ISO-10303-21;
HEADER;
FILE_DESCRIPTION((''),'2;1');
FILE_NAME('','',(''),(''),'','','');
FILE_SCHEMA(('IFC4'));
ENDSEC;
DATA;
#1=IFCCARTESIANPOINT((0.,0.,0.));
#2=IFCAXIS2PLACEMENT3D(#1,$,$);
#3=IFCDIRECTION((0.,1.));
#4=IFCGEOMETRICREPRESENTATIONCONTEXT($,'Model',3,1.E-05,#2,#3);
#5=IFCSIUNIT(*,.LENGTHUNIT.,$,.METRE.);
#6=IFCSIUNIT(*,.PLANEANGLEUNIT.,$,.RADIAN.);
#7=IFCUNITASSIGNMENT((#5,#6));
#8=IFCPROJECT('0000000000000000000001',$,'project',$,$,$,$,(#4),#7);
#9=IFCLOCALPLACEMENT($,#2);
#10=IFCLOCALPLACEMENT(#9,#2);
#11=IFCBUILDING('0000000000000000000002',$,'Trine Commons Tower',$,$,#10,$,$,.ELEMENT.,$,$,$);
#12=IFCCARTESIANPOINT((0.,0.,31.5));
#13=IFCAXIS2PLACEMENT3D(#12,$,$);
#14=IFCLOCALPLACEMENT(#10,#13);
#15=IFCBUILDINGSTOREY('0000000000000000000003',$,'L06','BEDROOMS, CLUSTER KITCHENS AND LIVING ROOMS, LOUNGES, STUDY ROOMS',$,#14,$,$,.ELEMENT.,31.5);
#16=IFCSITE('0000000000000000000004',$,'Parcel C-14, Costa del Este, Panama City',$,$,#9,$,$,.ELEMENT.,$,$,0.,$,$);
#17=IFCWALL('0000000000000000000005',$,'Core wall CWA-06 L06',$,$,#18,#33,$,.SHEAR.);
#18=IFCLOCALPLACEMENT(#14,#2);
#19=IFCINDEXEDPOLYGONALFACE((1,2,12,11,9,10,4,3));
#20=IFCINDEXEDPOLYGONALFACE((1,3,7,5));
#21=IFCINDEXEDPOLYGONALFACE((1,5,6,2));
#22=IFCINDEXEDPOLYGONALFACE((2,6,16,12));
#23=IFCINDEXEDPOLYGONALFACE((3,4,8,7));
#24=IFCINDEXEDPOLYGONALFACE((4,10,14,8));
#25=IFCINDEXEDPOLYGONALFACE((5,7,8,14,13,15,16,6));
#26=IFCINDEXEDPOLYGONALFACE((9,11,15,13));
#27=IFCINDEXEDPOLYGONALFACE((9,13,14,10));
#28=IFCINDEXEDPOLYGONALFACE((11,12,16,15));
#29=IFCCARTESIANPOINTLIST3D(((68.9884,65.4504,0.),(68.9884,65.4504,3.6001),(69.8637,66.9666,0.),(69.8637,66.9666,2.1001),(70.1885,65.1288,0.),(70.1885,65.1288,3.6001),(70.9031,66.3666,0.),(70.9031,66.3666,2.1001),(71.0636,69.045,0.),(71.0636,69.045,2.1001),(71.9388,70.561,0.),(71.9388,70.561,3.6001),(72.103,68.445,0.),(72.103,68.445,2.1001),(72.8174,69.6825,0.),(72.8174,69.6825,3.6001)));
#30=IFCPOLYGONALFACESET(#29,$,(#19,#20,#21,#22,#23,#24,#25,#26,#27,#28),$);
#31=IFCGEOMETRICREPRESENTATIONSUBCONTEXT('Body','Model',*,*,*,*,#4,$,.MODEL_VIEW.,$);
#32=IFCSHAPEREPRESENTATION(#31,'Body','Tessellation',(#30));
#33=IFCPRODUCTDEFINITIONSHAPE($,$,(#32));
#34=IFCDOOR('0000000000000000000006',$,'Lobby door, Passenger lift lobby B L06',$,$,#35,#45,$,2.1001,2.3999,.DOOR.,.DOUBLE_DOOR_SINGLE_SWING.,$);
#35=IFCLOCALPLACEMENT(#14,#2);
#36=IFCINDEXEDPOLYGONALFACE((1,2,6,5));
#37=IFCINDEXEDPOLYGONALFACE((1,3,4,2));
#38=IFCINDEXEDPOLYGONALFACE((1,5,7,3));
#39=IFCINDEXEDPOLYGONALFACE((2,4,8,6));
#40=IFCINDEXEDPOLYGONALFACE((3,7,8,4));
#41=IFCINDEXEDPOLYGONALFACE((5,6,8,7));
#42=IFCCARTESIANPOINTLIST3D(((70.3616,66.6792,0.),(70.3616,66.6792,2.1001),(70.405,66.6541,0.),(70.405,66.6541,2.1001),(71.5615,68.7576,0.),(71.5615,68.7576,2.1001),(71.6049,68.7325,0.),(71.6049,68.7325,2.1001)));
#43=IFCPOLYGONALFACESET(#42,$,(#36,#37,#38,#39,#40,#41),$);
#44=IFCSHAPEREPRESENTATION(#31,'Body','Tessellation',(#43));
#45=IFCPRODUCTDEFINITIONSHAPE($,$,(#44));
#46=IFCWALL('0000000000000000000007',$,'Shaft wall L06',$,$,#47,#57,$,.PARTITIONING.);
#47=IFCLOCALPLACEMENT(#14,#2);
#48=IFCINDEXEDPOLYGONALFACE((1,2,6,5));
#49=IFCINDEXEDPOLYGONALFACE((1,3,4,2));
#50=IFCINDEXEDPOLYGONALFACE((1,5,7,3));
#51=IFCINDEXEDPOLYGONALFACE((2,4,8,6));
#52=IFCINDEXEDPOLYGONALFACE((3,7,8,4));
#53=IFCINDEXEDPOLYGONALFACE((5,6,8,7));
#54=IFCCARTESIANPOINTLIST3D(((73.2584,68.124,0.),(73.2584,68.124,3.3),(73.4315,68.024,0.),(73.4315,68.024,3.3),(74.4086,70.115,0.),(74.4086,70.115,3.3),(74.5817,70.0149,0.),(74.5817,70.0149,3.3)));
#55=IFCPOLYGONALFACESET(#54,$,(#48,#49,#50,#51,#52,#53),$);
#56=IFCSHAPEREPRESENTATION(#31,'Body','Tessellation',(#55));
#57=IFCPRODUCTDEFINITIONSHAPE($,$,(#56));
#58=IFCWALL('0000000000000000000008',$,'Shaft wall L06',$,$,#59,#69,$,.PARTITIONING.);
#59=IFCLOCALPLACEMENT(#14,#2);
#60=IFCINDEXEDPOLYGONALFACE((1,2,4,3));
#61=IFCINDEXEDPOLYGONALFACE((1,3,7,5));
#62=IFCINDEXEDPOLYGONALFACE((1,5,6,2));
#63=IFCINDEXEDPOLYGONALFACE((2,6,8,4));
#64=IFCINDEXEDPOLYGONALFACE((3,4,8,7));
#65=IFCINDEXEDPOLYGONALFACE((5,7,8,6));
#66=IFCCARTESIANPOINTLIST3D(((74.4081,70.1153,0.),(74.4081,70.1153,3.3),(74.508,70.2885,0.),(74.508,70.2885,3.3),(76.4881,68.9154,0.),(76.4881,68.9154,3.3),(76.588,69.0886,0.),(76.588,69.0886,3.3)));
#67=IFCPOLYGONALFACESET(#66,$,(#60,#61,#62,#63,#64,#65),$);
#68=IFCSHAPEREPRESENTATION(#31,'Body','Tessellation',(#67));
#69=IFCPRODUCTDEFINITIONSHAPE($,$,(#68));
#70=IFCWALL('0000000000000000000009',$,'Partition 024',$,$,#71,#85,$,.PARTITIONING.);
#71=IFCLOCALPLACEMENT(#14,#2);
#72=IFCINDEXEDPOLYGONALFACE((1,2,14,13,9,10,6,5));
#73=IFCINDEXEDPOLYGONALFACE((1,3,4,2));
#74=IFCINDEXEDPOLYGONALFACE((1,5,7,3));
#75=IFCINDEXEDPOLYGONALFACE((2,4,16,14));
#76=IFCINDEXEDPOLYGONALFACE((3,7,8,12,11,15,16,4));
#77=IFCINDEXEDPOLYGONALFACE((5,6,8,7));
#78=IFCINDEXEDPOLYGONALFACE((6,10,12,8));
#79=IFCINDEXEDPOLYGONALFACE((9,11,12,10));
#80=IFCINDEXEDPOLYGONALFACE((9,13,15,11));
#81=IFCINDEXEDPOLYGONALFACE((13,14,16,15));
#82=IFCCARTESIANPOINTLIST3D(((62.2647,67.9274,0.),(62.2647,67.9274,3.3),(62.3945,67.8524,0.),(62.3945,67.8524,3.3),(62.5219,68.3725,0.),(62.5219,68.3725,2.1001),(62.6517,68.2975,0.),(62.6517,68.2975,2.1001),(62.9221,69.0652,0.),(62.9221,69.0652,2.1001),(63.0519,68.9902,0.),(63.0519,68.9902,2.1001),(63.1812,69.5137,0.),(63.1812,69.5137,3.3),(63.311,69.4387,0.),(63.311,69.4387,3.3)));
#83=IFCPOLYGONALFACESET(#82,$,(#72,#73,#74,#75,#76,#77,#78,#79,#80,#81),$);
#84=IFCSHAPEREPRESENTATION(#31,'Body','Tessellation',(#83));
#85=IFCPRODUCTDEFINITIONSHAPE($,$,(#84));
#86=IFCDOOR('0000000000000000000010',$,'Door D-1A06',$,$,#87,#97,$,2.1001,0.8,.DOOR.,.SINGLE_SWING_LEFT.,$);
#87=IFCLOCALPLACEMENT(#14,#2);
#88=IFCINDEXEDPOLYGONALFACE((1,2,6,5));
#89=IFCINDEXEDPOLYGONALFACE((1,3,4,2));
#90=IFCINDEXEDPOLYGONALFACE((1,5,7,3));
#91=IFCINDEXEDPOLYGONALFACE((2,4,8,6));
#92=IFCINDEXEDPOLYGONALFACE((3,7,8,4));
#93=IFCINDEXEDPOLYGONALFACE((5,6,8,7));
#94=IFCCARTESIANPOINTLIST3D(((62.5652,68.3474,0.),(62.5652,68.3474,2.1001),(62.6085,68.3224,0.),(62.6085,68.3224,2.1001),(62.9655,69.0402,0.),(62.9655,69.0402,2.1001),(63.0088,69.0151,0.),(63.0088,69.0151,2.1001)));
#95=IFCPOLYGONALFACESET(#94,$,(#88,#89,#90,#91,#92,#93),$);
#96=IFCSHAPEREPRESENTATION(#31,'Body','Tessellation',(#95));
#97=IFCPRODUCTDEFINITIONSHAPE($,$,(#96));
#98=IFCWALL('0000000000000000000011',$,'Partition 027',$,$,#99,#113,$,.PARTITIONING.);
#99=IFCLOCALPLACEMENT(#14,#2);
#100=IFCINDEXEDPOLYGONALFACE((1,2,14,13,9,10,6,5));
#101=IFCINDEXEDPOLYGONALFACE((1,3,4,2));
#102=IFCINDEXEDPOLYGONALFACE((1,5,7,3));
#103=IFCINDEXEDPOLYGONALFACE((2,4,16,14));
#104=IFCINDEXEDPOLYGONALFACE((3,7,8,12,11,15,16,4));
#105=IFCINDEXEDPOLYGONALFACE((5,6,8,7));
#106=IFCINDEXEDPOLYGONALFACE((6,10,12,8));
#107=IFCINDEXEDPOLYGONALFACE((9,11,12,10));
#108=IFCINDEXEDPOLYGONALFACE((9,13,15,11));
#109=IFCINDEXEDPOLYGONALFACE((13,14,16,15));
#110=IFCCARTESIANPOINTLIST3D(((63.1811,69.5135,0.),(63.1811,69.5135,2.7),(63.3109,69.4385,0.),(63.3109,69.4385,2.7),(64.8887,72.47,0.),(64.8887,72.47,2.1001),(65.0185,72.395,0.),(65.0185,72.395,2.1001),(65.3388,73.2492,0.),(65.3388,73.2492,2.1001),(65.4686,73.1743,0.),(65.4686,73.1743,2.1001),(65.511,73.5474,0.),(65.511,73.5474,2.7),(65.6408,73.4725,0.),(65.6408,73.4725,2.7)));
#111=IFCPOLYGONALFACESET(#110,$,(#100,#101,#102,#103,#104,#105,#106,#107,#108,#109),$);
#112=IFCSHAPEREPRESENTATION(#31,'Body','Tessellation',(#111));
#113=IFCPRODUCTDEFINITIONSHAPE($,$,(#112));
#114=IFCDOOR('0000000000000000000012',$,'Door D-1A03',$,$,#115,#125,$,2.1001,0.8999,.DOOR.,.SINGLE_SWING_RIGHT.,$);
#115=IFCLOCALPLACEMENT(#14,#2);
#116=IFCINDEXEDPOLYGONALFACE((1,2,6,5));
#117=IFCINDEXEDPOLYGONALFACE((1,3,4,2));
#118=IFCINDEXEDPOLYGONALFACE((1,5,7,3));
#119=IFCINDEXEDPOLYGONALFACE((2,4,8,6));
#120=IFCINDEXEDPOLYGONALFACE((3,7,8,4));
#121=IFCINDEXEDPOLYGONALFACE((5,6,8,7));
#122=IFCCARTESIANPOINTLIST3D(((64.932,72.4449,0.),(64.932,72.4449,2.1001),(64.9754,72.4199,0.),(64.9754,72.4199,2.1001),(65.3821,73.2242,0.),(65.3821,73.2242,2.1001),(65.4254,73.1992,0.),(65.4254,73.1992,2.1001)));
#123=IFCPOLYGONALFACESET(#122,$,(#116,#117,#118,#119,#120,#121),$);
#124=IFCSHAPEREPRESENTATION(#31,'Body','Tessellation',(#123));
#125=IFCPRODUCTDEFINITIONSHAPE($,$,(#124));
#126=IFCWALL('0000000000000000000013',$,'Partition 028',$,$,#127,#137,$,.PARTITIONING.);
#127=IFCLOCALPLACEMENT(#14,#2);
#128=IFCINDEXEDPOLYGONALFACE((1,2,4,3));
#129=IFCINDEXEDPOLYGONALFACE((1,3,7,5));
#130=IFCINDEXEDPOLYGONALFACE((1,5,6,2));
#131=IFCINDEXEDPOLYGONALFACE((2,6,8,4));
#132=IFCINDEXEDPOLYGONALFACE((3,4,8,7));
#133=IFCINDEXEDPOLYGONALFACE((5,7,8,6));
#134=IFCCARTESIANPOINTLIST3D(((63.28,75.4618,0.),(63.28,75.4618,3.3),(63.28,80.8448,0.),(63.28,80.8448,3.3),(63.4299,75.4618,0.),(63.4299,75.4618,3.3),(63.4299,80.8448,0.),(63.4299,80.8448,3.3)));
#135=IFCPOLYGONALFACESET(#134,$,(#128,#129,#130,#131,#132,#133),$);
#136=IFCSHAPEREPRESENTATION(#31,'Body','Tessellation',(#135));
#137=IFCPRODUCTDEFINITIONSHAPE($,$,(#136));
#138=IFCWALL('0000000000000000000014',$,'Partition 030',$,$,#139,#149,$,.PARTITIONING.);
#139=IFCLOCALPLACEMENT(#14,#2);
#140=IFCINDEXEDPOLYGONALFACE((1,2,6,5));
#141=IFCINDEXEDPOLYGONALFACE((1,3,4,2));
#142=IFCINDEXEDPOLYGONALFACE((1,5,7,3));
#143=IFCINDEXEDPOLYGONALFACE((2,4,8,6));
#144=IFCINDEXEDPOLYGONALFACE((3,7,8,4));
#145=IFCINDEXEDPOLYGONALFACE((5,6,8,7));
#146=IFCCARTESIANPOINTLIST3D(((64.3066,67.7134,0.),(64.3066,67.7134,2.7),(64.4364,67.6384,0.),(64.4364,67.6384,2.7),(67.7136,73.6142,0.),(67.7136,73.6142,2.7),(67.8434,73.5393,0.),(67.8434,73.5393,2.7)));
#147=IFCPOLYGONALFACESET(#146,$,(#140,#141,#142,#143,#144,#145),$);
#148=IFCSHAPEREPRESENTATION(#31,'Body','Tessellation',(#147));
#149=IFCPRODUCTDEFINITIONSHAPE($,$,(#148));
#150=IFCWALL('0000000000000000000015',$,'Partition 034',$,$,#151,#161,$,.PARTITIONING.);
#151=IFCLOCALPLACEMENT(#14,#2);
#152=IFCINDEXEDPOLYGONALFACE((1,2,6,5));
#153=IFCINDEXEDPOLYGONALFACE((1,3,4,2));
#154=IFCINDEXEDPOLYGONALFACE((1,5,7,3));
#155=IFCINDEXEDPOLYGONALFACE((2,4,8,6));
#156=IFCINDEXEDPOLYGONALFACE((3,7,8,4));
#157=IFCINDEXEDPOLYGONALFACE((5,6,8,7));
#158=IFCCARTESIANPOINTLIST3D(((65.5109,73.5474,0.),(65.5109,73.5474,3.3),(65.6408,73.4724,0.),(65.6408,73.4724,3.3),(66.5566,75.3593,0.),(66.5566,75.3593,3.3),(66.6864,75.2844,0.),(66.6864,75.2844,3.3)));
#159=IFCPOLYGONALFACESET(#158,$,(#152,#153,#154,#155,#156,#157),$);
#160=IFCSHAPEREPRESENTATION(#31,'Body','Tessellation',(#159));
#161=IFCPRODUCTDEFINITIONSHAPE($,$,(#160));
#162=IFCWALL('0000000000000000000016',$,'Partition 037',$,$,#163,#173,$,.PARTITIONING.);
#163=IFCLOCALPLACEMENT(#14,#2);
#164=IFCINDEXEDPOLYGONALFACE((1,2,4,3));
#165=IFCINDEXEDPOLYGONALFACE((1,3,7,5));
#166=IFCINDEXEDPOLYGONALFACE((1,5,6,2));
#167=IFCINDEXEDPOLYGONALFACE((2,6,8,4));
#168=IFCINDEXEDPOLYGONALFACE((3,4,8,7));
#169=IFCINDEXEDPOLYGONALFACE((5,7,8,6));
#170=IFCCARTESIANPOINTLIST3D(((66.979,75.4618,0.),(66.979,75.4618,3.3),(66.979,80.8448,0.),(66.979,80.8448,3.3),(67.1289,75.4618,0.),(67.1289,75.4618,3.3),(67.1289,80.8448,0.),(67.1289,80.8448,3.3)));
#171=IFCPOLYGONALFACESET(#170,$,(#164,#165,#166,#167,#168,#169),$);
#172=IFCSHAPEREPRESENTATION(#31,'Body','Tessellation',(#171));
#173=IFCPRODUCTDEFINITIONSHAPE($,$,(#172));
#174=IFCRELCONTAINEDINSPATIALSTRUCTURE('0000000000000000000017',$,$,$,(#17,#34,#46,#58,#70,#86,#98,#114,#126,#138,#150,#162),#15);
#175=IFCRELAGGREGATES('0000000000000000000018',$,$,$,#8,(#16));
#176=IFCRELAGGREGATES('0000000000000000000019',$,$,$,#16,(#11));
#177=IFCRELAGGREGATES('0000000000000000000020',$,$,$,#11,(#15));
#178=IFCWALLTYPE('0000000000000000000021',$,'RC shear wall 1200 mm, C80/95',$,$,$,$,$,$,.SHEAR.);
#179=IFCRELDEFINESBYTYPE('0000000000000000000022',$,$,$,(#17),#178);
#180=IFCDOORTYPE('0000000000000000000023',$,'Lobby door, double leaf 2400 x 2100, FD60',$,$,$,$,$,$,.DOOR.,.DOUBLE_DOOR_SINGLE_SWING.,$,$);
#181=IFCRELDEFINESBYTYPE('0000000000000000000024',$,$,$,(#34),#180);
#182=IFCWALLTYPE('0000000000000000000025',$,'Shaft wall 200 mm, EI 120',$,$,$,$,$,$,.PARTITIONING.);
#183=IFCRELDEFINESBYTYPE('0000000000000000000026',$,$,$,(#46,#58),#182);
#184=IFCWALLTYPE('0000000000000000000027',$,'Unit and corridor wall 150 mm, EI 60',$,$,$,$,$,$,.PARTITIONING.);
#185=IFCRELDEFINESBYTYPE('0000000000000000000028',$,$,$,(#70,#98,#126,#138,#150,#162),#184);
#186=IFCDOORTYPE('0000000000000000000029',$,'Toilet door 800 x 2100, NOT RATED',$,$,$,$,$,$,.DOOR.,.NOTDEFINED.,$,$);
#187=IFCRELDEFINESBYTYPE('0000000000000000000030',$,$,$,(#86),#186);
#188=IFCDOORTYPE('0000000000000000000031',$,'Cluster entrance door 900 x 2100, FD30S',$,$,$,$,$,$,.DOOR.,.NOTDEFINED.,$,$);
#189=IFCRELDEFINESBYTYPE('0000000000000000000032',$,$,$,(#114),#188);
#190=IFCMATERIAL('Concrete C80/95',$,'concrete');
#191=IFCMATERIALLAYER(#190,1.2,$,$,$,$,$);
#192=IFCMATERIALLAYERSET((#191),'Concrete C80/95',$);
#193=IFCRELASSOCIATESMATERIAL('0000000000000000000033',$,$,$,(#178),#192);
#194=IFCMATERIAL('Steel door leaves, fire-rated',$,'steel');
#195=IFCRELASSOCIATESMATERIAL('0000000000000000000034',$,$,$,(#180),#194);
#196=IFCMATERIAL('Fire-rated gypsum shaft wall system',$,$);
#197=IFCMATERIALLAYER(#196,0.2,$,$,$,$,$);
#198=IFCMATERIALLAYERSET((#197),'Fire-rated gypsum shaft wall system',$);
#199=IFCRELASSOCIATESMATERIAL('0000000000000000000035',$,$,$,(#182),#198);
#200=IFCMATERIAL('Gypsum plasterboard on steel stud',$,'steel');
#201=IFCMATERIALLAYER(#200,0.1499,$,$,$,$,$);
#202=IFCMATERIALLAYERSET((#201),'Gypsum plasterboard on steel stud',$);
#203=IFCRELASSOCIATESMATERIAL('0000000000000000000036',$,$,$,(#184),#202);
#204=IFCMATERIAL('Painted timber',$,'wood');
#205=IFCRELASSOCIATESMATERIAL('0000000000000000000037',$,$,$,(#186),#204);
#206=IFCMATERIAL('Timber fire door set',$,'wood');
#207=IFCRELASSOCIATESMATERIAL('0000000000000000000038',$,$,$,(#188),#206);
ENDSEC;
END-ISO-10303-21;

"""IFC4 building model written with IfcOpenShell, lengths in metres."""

from ifc_helpers import new_model, si_unit, direction, frame, frame_2d, origin, place, context, subcontext, project, spatial, polyline, rectangle, outline, extrude, material, layer, layer_set, type_object, element, fill, save


model = new_model("IFC4")

# Units and contexts
model_context = context("Model", 3, precision=1e-05, world=origin(), true_north=direction((0.0, 1.0)))
body_context = subcontext(model_context, "Body", "Model", "MODEL_VIEW")
ifc_project = project(units=[si_unit("LENGTHUNIT", "METRE"), si_unit("PLANEANGLEUNIT", "RADIAN")], contexts=[model_context])

# Site, building, storey
site_placement = place(None, origin())
site = spatial("IfcSite", under=ifc_project, at=site_placement, Name="Parcel C-14, Costa del Este, Panama City", CompositionType="ELEMENT", RefElevation=0.0)
building_placement = place(site_placement, origin())
building = spatial("IfcBuilding", under=site, at=building_placement, Name="Trine Commons Tower", CompositionType="ELEMENT")
storey_placement = place(building_placement, frame((0.0, 0.0, 31.5)))
storey = spatial("IfcBuildingStorey", under=building, at=storey_placement, Name="L06", Description="BEDROOMS, CLUSTER KITCHENS AND LIVING ROOMS, LOUNGES, STUDY ROOMS", CompositionType="ELEMENT", Elevation=31.5)

# Shared definitions
ifc_material_1 = material(Name="Concrete C80/95", Category="concrete")

# Wall, opening, door
ifc_layer_1 = layer(ifc_material_1, 1.2)
ifc_layer_set_1 = layer_set([ifc_layer_1], Name="Concrete C80/95")
wall_type_1 = type_object("IfcWallType", Name="RC shear wall 1200 mm, C80/95", PredefinedType="SHEAR", material=ifc_layer_set_1)
wall_1_placement = place(storey_placement, frame((72.4585, 70.261, 0.0), z_axis=(0.0, 0.0, 1.0), x_axis=(-0.499979, -0.866037, 0.0)))
wall_1 = element("IfcWall", 1, at=wall_1_placement, inside=storey, type_object=wall_type_1, Name="Core wall CWA-06 L06", PredefinedType="SHEAR", context=body_context, shape_type="SweptSolid", body=[
    extrude(outline(polyline([(0.0, -0.6001), (5.9011, -0.6001), (5.5796, 0.6001), (0.3215, 0.6001), (0.0, -0.6001)])), origin(), (0.0, 0.0, 1.0), 3.6001),
])
opening_1_placement = place(wall_1_placement, frame((1.7505, 0.0, 0.0)))
opening_1 = element("IfcOpeningElement", 2, at=opening_1_placement, cuts=wall_1, PredefinedType="OPENING", context=body_context, shape_type="SweptSolid", body=[
    extrude(rectangle(XDim=2.3999, YDim=2.1001, at=frame_2d((1.2, 1.05))), frame((0.0, 0.6099, 0.0), z_axis=(0.0, -1.0, 0.0), x_axis=(1.0, 0.0, 0.0)), (0.0, 0.0, 1.0), 1.22),
])
ifc_material_2 = material(Name="Steel door leaves, fire-rated", Category="steel")
door_type_1 = type_object("IfcDoorType", Name="Lobby door, double leaf 2400 x 2100, FD60", OperationType="DOUBLE_DOOR_SINGLE_SWING", PredefinedType="DOOR", material=ifc_material_2)
door_1_placement = place(opening_1_placement, origin())
door_1 = element("IfcDoor", 3, at=door_1_placement, inside=storey, type_object=door_type_1, Name="Lobby door, Passenger lift lobby B L06", OperationType="DOUBLE_DOOR_SINGLE_SWING", OverallHeight=2.1001, OverallWidth=2.3999, PredefinedType="DOOR", context=body_context, shape_type="SweptSolid", body=[
    extrude(rectangle(XDim=2.3999, YDim=2.1001, at=frame_2d((1.2, 1.05))), frame((0.0, 0.0249, 0.0), z_axis=(0.0, -1.0, 0.0), x_axis=(1.0, 0.0, 0.0)), (0.0, 0.0, 1.0), 0.05),
])
fill(opening_1, door_1)

# Walls
ifc_material_3 = material(Name="Fire-rated gypsum shaft wall system")
ifc_layer_2 = layer(ifc_material_3, 0.2)
ifc_layer_set_2 = layer_set([ifc_layer_2], Name="Fire-rated gypsum shaft wall system")
wall_type_2 = type_object("IfcWallType", Name="Shaft wall 200 mm, EI 120", PredefinedType="PARTITIONING", material=ifc_layer_set_2)
wall_2_placement = place(storey_placement, frame((73.345, 68.074, 0.0), z_axis=(0.0, 0.0, 1.0), x_axis=(0.500216, 0.865901, 0.0)))
element("IfcWall", 4, at=wall_2_placement, inside=storey, type_object=wall_type_2, Name="Shaft wall L06", PredefinedType="PARTITIONING", context=body_context, shape_type="SweptSolid", body=[
    extrude(rectangle(XDim=2.2993, YDim=0.2, at=frame_2d((1.1497, 0.0))), origin(), (0.0, 0.0, 1.0), 3.3),
])
wall_3_placement = place(storey_placement, frame((76.5381, 69.002, 0.0), z_axis=(0.0, 0.0, 1.0), x_axis=(-0.866203, 0.499693, 0.0)))
element("IfcWall", 5, at=wall_3_placement, inside=storey, type_object=wall_type_2, Name="Shaft wall L06", PredefinedType="PARTITIONING", context=body_context, shape_type="SweptSolid", body=[
    extrude(rectangle(XDim=2.4014, YDim=0.2, at=frame_2d((1.2007, 0.0))), origin(), (0.0, 0.0, 1.0), 3.3),
])

# Walls, openings, doors
ifc_material_4 = material(Name="Gypsum plasterboard on steel stud", Category="steel")
ifc_layer_3 = layer(ifc_material_4, 0.1499)
ifc_layer_set_3 = layer_set([ifc_layer_3], Name="Gypsum plasterboard on steel stud")
wall_type_3 = type_object("IfcWallType", Name="Unit and corridor wall 150 mm, EI 60", PredefinedType="PARTITIONING", material=ifc_layer_set_3)
wall_4_placement = place(storey_placement, frame((62.3296, 67.8899, 0.0), z_axis=(0.0, 0.0, 1.0), x_axis=(0.500295, 0.865855, 0.0)))
wall_4 = element("IfcWall", 6, at=wall_4_placement, inside=storey, type_object=wall_type_3, Name="Partition 024", PredefinedType="PARTITIONING", context=body_context, shape_type="SweptSolid", body=[
    extrude(rectangle(XDim=1.832, YDim=0.1499, at=frame_2d((0.916, 0.0))), origin(), (0.0, 0.0, 1.0), 3.3),
])
opening_2_placement = place(wall_4_placement, frame((0.5142, 0.0, 0.0)))
opening_2 = element("IfcOpeningElement", 7, at=opening_2_placement, cuts=wall_4, PredefinedType="OPENING", context=body_context, shape_type="SweptSolid", body=[
    extrude(rectangle(XDim=0.8, YDim=2.1001, at=frame_2d((0.3999, 1.05))), frame((0.0, 0.085, 0.0), z_axis=(0.0, -1.0, 0.0), x_axis=(1.0, 0.0, 0.0)), (0.0, 0.0, 1.0), 0.1699),
])
ifc_material_5 = material(Name="Painted timber", Category="wood")
door_type_2 = type_object("IfcDoorType", Name="Toilet door 800 x 2100, NOT RATED", OperationType="NOTDEFINED", PredefinedType="DOOR", material=ifc_material_5)
door_2_placement = place(opening_2_placement, origin())
door_2 = element("IfcDoor", 8, at=door_2_placement, inside=storey, type_object=door_type_2, Name="Door D-1A06", OperationType="SINGLE_SWING_LEFT", OverallHeight=2.1001, OverallWidth=0.8, PredefinedType="DOOR", context=body_context, shape_type="SweptSolid", body=[
    extrude(rectangle(XDim=0.8, YDim=2.1001, at=frame_2d((0.3999, 1.05))), frame((0.0, 0.0249, 0.0), z_axis=(0.0, -1.0, 0.0), x_axis=(1.0, 0.0, 0.0)), (0.0, 0.0, 1.0), 0.05),
])
fill(opening_2, door_2)
wall_5_placement = place(storey_placement, frame((63.2461, 69.4761, 0.0), z_axis=(0.0, 0.0, 1.0), x_axis=(0.500135, 0.865947, 0.0)))
wall_5 = element("IfcWall", 9, at=wall_5_placement, inside=storey, type_object=wall_type_3, Name="Partition 027", PredefinedType="PARTITIONING", context=body_context, shape_type="SweptSolid", body=[
    extrude(rectangle(XDim=4.6584, YDim=0.1499, at=frame_2d((2.3291, 0.0))), origin(), (0.0, 0.0, 1.0), 2.7),
])
opening_3_placement = place(wall_5_placement, frame((3.4141, 0.0, 0.0)))
opening_3 = element("IfcOpeningElement", 10, at=opening_3_placement, cuts=wall_5, PredefinedType="OPENING", context=body_context, shape_type="SweptSolid", body=[
    extrude(rectangle(XDim=0.8999, YDim=2.1001, at=frame_2d((0.45, 1.05))), frame((0.0, 0.085, 0.0), z_axis=(0.0, -1.0, 0.0), x_axis=(1.0, 0.0, 0.0)), (0.0, 0.0, 1.0), 0.1699),
])
ifc_material_6 = material(Name="Timber fire door set", Category="wood")
door_type_3 = type_object("IfcDoorType", Name="Cluster entrance door 900 x 2100, FD30S", OperationType="NOTDEFINED", PredefinedType="DOOR", material=ifc_material_6)
door_3_placement = place(opening_3_placement, origin())
door_3 = element("IfcDoor", 11, at=door_3_placement, inside=storey, type_object=door_type_3, Name="Door D-1A03", OperationType="SINGLE_SWING_RIGHT", OverallHeight=2.1001, OverallWidth=0.8999, PredefinedType="DOOR", context=body_context, shape_type="SweptSolid", body=[
    extrude(rectangle(XDim=0.8999, YDim=2.1001, at=frame_2d((0.45, 1.05))), frame((0.0, 0.0249, 0.0), z_axis=(0.0, -1.0, 0.0), x_axis=(1.0, 0.0, 0.0)), (0.0, 0.0, 1.0), 0.05),
])
fill(opening_3, door_3)

# Walls
wall_6_placement = place(storey_placement, frame((63.355, 75.4619, 0.0), z_axis=(0.0, 0.0, 1.0), x_axis=(0.0, 1.0, 0.0)))
element("IfcWall", 12, at=wall_6_placement, inside=storey, type_object=wall_type_3, Name="Partition 028", PredefinedType="PARTITIONING", context=body_context, shape_type="SweptSolid", body=[
    extrude(rectangle(XDim=5.3831, YDim=0.1499, at=frame_2d((2.6914, 0.0))), origin(), (0.0, 0.0, 1.0), 3.3),
])
wall_7_placement = place(storey_placement, frame((64.3716, 67.676, 0.0), z_axis=(0.0, 0.0, 1.0), x_axis=(0.500012, 0.866019, 0.0)))
element("IfcWall", 13, at=wall_7_placement, inside=storey, type_object=wall_type_3, Name="Partition 030", PredefinedType="PARTITIONING", context=body_context, shape_type="SweptSolid", body=[
    extrude(rectangle(XDim=6.8137, YDim=0.1499, at=frame_2d((3.4067, 0.0))), origin(), (0.0, 0.0, 1.0), 2.7),
])
wall_8_placement = place(storey_placement, frame((65.5759, 73.51, 0.0), z_axis=(0.0, 0.0, 1.0), x_axis=(0.499817, 0.866131, 0.0)))
element("IfcWall", 14, at=wall_8_placement, inside=storey, type_object=wall_type_3, Name="Partition 034", PredefinedType="PARTITIONING", context=body_context, shape_type="SweptSolid", body=[
    extrude(rectangle(XDim=2.092, YDim=0.1499, at=frame_2d((1.0459, 0.0))), origin(), (0.0, 0.0, 1.0), 3.3),
])
wall_9_placement = place(storey_placement, frame((67.054, 75.4619, 0.0), z_axis=(0.0, 0.0, 1.0), x_axis=(0.0, 1.0, 0.0)))
element("IfcWall", 15, at=wall_9_placement, inside=storey, type_object=wall_type_3, Name="Partition 037", PredefinedType="PARTITIONING", context=body_context, shape_type="SweptSolid", body=[
    extrude(rectangle(XDim=5.3831, YDim=0.1499, at=frame_2d((2.6914, 0.0))), origin(), (0.0, 0.0, 1.0), 3.3),
])

save(model, "model.ifc")
